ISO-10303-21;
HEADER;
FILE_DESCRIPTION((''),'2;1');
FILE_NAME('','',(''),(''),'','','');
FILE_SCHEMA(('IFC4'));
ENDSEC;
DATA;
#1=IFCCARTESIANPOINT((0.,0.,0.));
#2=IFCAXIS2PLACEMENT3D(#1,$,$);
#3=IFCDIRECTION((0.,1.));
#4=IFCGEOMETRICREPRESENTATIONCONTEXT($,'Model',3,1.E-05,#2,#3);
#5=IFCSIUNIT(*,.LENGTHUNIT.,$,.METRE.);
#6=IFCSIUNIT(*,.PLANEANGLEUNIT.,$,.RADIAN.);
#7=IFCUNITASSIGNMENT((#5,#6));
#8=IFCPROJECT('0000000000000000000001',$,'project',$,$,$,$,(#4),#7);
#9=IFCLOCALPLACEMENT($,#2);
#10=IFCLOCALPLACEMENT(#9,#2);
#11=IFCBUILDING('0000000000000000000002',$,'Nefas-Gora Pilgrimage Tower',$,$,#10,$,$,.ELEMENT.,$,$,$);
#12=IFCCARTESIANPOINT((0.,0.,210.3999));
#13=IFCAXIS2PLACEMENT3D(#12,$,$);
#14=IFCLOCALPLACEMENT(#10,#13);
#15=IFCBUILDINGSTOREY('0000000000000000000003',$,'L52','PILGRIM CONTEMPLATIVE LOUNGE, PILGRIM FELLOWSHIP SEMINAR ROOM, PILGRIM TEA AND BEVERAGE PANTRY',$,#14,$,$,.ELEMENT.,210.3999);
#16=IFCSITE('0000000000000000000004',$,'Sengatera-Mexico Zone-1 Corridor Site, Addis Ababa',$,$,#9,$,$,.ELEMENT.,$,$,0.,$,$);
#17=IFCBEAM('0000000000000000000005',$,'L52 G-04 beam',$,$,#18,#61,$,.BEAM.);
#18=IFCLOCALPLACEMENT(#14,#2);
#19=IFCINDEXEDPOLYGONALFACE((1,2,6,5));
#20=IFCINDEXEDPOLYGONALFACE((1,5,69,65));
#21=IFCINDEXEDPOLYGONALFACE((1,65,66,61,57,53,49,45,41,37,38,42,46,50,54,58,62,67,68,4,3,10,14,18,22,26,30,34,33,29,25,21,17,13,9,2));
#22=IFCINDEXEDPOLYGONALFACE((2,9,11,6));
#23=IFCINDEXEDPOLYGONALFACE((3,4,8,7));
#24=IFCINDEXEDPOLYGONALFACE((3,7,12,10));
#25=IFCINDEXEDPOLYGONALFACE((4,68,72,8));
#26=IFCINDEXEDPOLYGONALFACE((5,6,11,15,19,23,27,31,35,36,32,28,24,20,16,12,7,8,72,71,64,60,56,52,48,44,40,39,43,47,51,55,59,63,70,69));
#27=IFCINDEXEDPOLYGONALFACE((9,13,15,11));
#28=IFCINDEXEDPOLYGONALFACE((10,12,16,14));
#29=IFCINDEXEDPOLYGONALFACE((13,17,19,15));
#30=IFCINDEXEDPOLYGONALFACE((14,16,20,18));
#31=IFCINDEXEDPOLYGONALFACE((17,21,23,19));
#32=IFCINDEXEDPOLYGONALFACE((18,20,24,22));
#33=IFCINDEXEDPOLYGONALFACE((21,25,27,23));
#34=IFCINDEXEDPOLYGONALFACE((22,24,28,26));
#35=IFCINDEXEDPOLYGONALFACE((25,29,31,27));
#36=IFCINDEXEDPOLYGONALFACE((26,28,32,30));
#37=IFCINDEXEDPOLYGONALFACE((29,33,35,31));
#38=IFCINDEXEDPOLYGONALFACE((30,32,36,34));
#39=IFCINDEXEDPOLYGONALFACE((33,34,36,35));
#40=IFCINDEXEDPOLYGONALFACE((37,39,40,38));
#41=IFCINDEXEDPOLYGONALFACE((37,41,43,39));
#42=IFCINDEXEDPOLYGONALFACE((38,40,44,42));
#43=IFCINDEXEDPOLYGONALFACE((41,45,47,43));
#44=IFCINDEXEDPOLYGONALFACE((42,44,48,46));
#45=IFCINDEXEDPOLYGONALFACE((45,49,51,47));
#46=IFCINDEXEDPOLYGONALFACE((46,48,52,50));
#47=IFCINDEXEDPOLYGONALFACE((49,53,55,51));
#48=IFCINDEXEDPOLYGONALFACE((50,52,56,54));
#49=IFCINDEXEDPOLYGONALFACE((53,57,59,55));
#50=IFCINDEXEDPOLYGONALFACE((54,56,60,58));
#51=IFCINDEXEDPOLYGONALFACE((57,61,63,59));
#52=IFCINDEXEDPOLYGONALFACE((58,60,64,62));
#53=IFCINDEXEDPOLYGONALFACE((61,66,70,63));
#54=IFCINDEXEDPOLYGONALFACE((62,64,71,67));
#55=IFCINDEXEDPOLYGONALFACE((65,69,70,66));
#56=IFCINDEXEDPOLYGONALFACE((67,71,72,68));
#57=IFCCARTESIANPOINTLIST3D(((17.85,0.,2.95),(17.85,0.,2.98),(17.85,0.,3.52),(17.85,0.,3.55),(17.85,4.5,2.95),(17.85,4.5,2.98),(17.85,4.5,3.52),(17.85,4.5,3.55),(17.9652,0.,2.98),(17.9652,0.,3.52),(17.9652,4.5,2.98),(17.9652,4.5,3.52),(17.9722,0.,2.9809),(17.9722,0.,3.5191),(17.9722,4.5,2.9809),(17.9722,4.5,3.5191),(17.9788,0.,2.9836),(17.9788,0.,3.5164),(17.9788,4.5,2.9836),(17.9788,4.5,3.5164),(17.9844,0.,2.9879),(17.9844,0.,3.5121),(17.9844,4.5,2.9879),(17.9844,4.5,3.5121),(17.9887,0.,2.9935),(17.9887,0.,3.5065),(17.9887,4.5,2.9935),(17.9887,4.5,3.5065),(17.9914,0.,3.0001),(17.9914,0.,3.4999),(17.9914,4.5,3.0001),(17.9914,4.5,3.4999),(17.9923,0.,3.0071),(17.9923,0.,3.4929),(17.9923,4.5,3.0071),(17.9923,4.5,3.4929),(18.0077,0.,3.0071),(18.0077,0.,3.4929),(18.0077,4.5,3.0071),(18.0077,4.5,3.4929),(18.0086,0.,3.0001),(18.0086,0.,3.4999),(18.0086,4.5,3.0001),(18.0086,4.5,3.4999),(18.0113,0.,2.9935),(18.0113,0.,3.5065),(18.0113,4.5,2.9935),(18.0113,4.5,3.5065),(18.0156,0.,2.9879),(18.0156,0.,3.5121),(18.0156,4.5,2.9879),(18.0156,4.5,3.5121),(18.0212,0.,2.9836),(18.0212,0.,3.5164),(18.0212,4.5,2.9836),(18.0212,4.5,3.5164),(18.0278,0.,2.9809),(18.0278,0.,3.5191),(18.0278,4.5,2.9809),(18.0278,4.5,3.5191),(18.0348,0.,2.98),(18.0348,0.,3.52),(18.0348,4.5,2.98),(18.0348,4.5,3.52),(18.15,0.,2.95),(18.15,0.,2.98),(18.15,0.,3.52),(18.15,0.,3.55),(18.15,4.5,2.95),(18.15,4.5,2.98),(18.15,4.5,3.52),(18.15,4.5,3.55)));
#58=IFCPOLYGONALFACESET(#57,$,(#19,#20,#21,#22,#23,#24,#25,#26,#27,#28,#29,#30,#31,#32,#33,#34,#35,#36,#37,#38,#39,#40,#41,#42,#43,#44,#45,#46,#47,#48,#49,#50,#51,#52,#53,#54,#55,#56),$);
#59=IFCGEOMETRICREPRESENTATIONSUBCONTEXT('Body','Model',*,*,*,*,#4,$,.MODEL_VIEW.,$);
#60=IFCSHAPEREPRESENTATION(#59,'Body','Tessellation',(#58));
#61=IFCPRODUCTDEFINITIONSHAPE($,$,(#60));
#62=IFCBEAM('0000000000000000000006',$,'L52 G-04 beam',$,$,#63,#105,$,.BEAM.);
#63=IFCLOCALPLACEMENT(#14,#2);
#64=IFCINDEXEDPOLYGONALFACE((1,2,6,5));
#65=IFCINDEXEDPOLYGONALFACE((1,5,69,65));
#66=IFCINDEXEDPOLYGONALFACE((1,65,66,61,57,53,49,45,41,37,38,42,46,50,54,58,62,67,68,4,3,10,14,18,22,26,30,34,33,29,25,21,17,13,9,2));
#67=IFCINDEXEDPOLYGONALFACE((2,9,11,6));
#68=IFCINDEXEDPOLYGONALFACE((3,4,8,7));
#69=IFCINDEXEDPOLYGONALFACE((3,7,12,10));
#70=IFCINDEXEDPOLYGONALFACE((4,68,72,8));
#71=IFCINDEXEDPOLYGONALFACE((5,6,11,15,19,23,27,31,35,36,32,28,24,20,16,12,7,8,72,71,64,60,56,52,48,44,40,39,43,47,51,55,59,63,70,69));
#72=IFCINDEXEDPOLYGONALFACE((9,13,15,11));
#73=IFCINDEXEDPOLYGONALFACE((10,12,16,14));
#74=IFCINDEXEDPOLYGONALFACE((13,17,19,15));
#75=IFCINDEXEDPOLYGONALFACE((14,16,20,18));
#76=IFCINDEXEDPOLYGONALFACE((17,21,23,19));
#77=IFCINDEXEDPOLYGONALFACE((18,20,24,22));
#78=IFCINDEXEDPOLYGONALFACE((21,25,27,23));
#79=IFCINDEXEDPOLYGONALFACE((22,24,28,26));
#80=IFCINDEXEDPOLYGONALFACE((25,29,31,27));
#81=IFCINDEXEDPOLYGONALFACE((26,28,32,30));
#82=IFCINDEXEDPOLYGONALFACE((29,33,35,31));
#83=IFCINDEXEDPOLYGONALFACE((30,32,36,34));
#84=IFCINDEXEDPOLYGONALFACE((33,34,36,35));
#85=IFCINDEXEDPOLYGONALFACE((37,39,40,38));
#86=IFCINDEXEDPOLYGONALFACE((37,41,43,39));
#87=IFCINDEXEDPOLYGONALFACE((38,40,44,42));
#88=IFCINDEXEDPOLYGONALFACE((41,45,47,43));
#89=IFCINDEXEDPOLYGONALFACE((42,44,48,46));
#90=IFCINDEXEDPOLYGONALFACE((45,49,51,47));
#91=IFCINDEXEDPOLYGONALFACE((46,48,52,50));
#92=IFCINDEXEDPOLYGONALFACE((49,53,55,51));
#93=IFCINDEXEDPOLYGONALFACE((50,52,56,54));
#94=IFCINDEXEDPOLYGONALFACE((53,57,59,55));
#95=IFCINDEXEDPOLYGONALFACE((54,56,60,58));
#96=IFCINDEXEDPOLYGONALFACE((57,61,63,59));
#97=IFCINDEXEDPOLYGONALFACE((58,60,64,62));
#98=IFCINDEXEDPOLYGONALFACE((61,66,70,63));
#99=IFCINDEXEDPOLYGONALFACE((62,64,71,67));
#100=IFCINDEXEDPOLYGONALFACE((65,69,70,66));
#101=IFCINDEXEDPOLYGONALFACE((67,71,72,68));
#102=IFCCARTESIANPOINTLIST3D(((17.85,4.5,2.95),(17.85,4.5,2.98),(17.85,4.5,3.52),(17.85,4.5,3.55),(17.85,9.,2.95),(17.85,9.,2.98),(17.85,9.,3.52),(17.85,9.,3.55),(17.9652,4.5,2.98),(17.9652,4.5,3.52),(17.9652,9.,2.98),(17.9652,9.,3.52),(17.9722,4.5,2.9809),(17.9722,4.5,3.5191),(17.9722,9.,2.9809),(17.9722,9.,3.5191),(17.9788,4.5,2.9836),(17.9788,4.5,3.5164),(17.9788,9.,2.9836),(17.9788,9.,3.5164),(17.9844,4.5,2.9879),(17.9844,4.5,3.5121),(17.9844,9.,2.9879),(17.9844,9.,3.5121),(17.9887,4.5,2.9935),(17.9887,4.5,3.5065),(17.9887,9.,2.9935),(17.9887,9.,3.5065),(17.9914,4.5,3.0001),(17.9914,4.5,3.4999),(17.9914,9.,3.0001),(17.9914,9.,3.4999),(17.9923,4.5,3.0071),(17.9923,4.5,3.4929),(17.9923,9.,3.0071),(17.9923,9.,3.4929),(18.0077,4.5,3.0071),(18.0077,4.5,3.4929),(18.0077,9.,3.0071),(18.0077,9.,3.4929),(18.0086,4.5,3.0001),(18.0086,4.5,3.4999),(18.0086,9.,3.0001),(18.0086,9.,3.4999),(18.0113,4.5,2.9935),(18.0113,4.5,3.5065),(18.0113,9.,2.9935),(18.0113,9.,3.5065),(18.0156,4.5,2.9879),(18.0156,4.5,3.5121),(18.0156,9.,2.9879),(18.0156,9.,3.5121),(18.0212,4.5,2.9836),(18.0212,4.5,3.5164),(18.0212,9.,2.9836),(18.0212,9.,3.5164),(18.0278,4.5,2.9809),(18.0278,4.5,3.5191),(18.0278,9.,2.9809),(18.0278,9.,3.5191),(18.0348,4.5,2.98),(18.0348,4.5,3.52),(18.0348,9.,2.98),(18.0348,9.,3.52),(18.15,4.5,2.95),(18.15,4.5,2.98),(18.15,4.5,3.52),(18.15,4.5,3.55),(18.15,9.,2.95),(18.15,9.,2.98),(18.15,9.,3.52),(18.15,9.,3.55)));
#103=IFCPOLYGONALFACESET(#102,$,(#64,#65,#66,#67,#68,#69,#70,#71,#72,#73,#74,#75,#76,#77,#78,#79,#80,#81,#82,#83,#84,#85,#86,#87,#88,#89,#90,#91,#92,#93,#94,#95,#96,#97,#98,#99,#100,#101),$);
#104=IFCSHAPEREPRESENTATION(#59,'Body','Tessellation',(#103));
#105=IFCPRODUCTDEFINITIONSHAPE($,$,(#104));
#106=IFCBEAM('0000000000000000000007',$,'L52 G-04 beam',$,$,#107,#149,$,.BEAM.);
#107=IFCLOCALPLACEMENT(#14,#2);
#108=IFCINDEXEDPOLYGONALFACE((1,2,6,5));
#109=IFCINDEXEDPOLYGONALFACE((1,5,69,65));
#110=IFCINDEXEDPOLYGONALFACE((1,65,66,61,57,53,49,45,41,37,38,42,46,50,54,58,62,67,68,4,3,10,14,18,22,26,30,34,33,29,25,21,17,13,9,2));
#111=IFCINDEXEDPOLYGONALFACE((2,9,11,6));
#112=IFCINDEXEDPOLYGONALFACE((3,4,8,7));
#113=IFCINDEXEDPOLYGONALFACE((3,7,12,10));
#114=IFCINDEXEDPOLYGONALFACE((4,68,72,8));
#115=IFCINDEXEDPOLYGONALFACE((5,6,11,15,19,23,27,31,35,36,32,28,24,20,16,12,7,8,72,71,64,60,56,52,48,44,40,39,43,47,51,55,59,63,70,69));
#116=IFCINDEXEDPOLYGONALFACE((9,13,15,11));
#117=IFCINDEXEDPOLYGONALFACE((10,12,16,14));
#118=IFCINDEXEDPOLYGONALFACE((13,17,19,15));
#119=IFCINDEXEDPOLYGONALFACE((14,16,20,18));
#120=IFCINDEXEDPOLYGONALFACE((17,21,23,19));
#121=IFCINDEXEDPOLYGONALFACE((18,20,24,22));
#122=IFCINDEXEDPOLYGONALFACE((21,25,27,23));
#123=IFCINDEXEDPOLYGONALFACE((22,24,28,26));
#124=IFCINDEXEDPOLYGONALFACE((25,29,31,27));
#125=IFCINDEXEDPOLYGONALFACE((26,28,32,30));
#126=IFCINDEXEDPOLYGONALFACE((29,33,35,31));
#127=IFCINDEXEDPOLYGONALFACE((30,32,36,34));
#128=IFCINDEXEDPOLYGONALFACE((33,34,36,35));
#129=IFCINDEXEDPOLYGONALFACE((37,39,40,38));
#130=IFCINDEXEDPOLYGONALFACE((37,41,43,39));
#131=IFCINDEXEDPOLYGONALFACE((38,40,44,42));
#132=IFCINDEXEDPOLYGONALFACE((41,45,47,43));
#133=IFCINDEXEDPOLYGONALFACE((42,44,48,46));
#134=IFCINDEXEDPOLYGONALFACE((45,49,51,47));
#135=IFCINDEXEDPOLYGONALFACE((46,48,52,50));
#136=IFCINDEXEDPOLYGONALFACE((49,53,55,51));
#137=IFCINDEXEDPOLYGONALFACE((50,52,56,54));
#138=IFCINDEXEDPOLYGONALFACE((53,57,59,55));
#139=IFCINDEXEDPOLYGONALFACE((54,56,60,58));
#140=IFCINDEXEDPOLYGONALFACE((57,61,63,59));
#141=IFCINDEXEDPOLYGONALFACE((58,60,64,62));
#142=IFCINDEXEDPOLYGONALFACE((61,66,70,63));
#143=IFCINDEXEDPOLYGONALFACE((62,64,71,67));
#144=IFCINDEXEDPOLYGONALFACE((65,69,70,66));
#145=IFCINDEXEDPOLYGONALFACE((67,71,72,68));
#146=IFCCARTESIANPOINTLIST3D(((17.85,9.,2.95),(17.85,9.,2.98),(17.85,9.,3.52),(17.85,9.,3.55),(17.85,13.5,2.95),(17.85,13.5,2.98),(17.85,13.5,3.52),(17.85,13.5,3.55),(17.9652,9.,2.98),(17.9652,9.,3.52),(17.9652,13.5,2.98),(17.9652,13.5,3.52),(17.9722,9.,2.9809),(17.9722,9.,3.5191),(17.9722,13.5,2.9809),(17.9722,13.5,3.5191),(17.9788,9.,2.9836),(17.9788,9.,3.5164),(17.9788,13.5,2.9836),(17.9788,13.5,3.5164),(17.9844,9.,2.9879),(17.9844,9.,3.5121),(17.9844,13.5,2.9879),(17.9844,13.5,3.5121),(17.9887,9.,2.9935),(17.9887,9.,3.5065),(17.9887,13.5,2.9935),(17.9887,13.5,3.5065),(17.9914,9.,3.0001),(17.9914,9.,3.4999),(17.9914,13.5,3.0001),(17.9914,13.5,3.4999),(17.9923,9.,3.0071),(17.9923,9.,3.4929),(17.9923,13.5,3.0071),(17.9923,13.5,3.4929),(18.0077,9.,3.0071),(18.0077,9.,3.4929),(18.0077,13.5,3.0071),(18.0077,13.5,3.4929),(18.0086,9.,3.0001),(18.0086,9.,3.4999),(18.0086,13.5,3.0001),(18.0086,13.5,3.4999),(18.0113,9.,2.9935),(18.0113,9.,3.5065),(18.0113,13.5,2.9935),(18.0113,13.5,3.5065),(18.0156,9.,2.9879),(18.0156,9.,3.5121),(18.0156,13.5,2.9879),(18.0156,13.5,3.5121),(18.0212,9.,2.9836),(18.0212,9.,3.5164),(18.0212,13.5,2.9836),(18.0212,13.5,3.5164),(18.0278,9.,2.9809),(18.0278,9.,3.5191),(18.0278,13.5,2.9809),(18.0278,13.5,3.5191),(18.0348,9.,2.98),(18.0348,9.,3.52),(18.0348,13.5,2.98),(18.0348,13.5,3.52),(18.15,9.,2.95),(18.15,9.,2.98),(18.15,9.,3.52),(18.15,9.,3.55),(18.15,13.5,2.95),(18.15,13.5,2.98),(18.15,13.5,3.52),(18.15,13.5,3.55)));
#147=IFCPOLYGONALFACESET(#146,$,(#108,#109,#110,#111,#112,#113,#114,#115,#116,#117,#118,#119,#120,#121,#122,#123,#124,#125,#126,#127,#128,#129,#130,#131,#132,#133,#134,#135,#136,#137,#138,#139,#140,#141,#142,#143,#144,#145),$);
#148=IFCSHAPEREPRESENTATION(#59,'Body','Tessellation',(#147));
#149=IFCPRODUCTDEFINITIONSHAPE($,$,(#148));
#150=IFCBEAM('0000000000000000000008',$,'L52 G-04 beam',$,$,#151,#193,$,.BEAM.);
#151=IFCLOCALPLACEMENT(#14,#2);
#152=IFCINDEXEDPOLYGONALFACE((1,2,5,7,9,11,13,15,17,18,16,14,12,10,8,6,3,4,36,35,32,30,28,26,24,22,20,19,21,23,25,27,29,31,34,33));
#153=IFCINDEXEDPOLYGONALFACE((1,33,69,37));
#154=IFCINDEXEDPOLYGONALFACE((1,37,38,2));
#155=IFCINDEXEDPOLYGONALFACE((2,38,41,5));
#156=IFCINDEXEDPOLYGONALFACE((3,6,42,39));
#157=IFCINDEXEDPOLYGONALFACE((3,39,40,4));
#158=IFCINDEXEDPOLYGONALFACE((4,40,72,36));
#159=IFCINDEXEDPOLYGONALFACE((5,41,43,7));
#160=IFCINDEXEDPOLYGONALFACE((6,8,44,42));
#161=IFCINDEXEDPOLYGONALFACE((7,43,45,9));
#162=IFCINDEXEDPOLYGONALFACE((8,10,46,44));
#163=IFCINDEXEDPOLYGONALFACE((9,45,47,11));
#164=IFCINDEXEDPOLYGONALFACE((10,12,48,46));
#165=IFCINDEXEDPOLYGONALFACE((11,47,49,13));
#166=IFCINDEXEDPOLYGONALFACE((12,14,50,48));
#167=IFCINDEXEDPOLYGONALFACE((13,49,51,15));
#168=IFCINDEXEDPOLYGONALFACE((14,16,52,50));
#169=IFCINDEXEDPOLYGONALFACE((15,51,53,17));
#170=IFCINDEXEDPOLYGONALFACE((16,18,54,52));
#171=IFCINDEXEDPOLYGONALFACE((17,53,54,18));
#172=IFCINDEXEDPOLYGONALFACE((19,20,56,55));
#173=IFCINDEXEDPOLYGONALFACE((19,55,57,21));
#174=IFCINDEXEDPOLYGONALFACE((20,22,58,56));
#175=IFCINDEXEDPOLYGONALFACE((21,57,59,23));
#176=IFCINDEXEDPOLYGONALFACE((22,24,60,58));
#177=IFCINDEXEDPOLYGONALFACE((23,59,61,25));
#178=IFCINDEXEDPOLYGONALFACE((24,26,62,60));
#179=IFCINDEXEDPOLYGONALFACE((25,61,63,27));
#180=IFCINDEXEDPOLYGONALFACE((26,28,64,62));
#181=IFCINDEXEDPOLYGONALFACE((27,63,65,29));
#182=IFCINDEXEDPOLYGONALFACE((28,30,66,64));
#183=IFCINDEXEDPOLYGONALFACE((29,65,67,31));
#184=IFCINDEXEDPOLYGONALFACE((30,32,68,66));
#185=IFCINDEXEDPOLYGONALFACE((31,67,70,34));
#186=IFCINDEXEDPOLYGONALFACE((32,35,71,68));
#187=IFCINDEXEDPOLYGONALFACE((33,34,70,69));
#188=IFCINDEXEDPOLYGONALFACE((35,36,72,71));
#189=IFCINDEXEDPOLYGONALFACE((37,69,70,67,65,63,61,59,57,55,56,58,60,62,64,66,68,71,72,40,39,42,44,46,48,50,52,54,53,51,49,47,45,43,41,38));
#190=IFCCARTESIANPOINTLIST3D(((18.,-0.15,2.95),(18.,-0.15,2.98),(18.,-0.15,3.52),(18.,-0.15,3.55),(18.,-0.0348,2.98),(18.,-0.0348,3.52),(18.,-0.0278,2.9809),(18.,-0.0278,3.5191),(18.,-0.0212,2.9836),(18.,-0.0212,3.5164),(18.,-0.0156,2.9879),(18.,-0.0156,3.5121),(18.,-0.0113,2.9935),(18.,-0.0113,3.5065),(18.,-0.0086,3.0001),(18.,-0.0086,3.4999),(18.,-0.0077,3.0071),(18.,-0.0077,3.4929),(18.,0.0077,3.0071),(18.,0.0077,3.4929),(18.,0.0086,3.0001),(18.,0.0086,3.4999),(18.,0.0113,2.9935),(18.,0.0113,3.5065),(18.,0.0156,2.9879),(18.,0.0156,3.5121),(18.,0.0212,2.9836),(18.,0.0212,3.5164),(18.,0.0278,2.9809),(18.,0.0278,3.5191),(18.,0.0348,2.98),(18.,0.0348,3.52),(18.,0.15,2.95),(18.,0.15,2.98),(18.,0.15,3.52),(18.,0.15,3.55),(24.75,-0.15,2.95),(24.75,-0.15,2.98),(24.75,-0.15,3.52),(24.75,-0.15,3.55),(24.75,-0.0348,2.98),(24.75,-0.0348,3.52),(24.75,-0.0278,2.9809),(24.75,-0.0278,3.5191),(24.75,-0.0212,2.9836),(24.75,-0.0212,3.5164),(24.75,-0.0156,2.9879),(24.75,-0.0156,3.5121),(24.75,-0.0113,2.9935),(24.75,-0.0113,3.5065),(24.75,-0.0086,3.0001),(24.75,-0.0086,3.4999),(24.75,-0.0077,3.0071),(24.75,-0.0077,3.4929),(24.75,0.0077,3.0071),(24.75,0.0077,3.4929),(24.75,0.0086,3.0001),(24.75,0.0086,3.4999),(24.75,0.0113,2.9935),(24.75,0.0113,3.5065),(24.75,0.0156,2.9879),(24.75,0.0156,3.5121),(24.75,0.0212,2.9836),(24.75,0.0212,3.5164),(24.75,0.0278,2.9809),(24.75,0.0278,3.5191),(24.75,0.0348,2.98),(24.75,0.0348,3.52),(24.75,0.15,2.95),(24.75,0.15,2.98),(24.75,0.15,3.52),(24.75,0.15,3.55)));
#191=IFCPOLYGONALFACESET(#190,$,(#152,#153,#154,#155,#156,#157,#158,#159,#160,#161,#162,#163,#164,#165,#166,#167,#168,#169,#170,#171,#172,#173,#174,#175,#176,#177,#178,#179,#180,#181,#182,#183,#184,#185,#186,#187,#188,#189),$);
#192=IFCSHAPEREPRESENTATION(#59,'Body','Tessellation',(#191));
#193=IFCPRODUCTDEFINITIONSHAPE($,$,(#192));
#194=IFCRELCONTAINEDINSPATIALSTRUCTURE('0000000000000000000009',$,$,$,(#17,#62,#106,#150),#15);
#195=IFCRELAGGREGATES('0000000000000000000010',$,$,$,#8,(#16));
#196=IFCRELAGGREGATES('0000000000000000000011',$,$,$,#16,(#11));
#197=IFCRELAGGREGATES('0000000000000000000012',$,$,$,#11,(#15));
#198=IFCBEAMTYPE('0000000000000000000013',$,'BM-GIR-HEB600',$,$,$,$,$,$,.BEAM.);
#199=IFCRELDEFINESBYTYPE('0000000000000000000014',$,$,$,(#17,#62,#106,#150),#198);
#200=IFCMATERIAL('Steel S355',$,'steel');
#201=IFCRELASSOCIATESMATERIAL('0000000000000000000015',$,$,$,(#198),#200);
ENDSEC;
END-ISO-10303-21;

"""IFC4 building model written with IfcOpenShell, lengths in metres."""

from ifc_helpers import new_model, si_unit, direction, frame, origin, origin_2d, place, context, subcontext, project, spatial, i_section, extrude, source, transform, mapped, material, material_profile, profile_set, type_object, element, save


model = new_model("IFC4")

# Units and contexts
model_context = context("Model", 3, precision=1e-05, world=origin(), true_north=direction((0.0, 1.0)))
body_context = subcontext(model_context, "Body", "Model", "MODEL_VIEW")
ifc_project = project(units=[si_unit("LENGTHUNIT", "METRE"), si_unit("PLANEANGLEUNIT", "RADIAN")], contexts=[model_context])

# Site, building, storey
site_placement = place(None, origin())
site = spatial("IfcSite", under=ifc_project, at=site_placement, Name="Sengatera-Mexico Zone-1 Corridor Site, Addis Ababa", CompositionType="ELEMENT", RefElevation=0.0)
building_placement = place(site_placement, origin())
building = spatial("IfcBuilding", under=site, at=building_placement, Name="Nefas-Gora Pilgrimage Tower", CompositionType="ELEMENT")
storey_placement = place(building_placement, frame((0.0, 0.0, 210.3999)))
storey = spatial("IfcBuildingStorey", under=building, at=storey_placement, Name="L52", Description="PILGRIM CONTEMPLATIVE LOUNGE, PILGRIM FELLOWSHIP SEMINAR ROOM, PILGRIM TEA AND BEVERAGE PANTRY", CompositionType="ELEMENT", Elevation=210.3999)

# Beams
ifc_material_1 = material(Name="Steel S355", Category="steel")
ifc_material_profile_1 = material_profile(ifc_material_1, i_section(OverallWidth=0.3, OverallDepth=0.6001, WebThickness=0.0154, FlangeThickness=0.03, FilletRadius=0.0271, at=origin_2d()), Name="HEB 600")
ifc_profile_set_1 = profile_set([ifc_material_profile_1], Name="Steel S355")
beam_type_1 = type_object("IfcBeamType", Name="BM-GIR-HEB600", PredefinedType="BEAM", material=ifc_profile_set_1)
shared_shape_1 = source(origin(), body_context, "Body", "SweptSolid", [
    extrude(i_section(OverallWidth=0.3, OverallDepth=0.6001, WebThickness=0.0154, FlangeThickness=0.03, FilletRadius=0.0271, at=origin_2d()), origin(), (0.0, 0.0, 1.0), 4.5),
])
for number, where, z_axis, x_axis, name in (
    (1, (18.0, 0.0, 3.25), (0.0, 1.0, 0.0), (-1.0, 0.0, 0.0), "L52 G-04 beam"),
    (2, (18.0, 4.5, 3.25), (0.0, 1.0, 0.0), (-1.0, 0.0, 0.0), "L52 G-04 beam"),
    (3, (18.0, 9.0, 3.25), (0.0, 1.0, 0.0), (-1.0, 0.0, 0.0), "L52 G-04 beam"),
):
    element("IfcBeam", number, at=place(storey_placement, frame(where, z_axis=z_axis, x_axis=x_axis)), inside=storey, type_object=beam_type_1, Name=name, PredefinedType="BEAM", context=body_context, shape_type="MappedRepresentation", body=[
        mapped(shared_shape_1, transform((0.0, 0.0, 0.0), x_axis=(1.0, 0.0, 0.0), y_axis=(0.0, 1.0, 0.0), z_axis=(0.0, 0.0, 1.0), scale=1.0)),
    ])
shared_shape_2 = source(origin(), body_context, "Body", "SweptSolid", [
    extrude(i_section(OverallWidth=0.3, OverallDepth=0.6001, WebThickness=0.0154, FlangeThickness=0.03, FilletRadius=0.0271, at=origin_2d()), origin(), (0.0, 0.0, 1.0), 6.75),
])
for number, where, z_axis, x_axis, name in (
    (4, (18.0, 0.0, 3.25), (1.0, 0.0, 0.0), (0.0, 1.0, 0.0), "L52 G-04 beam"),
):
    element("IfcBeam", number, at=place(storey_placement, frame(where, z_axis=z_axis, x_axis=x_axis)), inside=storey, type_object=beam_type_1, Name=name, PredefinedType="BEAM", context=body_context, shape_type="MappedRepresentation", body=[
        mapped(shared_shape_2, transform((0.0, 0.0, 0.0), x_axis=(1.0, 0.0, 0.0), y_axis=(0.0, 1.0, 0.0), z_axis=(0.0, 0.0, 1.0), scale=1.0)),
    ])

save(model, "model.ifc")
